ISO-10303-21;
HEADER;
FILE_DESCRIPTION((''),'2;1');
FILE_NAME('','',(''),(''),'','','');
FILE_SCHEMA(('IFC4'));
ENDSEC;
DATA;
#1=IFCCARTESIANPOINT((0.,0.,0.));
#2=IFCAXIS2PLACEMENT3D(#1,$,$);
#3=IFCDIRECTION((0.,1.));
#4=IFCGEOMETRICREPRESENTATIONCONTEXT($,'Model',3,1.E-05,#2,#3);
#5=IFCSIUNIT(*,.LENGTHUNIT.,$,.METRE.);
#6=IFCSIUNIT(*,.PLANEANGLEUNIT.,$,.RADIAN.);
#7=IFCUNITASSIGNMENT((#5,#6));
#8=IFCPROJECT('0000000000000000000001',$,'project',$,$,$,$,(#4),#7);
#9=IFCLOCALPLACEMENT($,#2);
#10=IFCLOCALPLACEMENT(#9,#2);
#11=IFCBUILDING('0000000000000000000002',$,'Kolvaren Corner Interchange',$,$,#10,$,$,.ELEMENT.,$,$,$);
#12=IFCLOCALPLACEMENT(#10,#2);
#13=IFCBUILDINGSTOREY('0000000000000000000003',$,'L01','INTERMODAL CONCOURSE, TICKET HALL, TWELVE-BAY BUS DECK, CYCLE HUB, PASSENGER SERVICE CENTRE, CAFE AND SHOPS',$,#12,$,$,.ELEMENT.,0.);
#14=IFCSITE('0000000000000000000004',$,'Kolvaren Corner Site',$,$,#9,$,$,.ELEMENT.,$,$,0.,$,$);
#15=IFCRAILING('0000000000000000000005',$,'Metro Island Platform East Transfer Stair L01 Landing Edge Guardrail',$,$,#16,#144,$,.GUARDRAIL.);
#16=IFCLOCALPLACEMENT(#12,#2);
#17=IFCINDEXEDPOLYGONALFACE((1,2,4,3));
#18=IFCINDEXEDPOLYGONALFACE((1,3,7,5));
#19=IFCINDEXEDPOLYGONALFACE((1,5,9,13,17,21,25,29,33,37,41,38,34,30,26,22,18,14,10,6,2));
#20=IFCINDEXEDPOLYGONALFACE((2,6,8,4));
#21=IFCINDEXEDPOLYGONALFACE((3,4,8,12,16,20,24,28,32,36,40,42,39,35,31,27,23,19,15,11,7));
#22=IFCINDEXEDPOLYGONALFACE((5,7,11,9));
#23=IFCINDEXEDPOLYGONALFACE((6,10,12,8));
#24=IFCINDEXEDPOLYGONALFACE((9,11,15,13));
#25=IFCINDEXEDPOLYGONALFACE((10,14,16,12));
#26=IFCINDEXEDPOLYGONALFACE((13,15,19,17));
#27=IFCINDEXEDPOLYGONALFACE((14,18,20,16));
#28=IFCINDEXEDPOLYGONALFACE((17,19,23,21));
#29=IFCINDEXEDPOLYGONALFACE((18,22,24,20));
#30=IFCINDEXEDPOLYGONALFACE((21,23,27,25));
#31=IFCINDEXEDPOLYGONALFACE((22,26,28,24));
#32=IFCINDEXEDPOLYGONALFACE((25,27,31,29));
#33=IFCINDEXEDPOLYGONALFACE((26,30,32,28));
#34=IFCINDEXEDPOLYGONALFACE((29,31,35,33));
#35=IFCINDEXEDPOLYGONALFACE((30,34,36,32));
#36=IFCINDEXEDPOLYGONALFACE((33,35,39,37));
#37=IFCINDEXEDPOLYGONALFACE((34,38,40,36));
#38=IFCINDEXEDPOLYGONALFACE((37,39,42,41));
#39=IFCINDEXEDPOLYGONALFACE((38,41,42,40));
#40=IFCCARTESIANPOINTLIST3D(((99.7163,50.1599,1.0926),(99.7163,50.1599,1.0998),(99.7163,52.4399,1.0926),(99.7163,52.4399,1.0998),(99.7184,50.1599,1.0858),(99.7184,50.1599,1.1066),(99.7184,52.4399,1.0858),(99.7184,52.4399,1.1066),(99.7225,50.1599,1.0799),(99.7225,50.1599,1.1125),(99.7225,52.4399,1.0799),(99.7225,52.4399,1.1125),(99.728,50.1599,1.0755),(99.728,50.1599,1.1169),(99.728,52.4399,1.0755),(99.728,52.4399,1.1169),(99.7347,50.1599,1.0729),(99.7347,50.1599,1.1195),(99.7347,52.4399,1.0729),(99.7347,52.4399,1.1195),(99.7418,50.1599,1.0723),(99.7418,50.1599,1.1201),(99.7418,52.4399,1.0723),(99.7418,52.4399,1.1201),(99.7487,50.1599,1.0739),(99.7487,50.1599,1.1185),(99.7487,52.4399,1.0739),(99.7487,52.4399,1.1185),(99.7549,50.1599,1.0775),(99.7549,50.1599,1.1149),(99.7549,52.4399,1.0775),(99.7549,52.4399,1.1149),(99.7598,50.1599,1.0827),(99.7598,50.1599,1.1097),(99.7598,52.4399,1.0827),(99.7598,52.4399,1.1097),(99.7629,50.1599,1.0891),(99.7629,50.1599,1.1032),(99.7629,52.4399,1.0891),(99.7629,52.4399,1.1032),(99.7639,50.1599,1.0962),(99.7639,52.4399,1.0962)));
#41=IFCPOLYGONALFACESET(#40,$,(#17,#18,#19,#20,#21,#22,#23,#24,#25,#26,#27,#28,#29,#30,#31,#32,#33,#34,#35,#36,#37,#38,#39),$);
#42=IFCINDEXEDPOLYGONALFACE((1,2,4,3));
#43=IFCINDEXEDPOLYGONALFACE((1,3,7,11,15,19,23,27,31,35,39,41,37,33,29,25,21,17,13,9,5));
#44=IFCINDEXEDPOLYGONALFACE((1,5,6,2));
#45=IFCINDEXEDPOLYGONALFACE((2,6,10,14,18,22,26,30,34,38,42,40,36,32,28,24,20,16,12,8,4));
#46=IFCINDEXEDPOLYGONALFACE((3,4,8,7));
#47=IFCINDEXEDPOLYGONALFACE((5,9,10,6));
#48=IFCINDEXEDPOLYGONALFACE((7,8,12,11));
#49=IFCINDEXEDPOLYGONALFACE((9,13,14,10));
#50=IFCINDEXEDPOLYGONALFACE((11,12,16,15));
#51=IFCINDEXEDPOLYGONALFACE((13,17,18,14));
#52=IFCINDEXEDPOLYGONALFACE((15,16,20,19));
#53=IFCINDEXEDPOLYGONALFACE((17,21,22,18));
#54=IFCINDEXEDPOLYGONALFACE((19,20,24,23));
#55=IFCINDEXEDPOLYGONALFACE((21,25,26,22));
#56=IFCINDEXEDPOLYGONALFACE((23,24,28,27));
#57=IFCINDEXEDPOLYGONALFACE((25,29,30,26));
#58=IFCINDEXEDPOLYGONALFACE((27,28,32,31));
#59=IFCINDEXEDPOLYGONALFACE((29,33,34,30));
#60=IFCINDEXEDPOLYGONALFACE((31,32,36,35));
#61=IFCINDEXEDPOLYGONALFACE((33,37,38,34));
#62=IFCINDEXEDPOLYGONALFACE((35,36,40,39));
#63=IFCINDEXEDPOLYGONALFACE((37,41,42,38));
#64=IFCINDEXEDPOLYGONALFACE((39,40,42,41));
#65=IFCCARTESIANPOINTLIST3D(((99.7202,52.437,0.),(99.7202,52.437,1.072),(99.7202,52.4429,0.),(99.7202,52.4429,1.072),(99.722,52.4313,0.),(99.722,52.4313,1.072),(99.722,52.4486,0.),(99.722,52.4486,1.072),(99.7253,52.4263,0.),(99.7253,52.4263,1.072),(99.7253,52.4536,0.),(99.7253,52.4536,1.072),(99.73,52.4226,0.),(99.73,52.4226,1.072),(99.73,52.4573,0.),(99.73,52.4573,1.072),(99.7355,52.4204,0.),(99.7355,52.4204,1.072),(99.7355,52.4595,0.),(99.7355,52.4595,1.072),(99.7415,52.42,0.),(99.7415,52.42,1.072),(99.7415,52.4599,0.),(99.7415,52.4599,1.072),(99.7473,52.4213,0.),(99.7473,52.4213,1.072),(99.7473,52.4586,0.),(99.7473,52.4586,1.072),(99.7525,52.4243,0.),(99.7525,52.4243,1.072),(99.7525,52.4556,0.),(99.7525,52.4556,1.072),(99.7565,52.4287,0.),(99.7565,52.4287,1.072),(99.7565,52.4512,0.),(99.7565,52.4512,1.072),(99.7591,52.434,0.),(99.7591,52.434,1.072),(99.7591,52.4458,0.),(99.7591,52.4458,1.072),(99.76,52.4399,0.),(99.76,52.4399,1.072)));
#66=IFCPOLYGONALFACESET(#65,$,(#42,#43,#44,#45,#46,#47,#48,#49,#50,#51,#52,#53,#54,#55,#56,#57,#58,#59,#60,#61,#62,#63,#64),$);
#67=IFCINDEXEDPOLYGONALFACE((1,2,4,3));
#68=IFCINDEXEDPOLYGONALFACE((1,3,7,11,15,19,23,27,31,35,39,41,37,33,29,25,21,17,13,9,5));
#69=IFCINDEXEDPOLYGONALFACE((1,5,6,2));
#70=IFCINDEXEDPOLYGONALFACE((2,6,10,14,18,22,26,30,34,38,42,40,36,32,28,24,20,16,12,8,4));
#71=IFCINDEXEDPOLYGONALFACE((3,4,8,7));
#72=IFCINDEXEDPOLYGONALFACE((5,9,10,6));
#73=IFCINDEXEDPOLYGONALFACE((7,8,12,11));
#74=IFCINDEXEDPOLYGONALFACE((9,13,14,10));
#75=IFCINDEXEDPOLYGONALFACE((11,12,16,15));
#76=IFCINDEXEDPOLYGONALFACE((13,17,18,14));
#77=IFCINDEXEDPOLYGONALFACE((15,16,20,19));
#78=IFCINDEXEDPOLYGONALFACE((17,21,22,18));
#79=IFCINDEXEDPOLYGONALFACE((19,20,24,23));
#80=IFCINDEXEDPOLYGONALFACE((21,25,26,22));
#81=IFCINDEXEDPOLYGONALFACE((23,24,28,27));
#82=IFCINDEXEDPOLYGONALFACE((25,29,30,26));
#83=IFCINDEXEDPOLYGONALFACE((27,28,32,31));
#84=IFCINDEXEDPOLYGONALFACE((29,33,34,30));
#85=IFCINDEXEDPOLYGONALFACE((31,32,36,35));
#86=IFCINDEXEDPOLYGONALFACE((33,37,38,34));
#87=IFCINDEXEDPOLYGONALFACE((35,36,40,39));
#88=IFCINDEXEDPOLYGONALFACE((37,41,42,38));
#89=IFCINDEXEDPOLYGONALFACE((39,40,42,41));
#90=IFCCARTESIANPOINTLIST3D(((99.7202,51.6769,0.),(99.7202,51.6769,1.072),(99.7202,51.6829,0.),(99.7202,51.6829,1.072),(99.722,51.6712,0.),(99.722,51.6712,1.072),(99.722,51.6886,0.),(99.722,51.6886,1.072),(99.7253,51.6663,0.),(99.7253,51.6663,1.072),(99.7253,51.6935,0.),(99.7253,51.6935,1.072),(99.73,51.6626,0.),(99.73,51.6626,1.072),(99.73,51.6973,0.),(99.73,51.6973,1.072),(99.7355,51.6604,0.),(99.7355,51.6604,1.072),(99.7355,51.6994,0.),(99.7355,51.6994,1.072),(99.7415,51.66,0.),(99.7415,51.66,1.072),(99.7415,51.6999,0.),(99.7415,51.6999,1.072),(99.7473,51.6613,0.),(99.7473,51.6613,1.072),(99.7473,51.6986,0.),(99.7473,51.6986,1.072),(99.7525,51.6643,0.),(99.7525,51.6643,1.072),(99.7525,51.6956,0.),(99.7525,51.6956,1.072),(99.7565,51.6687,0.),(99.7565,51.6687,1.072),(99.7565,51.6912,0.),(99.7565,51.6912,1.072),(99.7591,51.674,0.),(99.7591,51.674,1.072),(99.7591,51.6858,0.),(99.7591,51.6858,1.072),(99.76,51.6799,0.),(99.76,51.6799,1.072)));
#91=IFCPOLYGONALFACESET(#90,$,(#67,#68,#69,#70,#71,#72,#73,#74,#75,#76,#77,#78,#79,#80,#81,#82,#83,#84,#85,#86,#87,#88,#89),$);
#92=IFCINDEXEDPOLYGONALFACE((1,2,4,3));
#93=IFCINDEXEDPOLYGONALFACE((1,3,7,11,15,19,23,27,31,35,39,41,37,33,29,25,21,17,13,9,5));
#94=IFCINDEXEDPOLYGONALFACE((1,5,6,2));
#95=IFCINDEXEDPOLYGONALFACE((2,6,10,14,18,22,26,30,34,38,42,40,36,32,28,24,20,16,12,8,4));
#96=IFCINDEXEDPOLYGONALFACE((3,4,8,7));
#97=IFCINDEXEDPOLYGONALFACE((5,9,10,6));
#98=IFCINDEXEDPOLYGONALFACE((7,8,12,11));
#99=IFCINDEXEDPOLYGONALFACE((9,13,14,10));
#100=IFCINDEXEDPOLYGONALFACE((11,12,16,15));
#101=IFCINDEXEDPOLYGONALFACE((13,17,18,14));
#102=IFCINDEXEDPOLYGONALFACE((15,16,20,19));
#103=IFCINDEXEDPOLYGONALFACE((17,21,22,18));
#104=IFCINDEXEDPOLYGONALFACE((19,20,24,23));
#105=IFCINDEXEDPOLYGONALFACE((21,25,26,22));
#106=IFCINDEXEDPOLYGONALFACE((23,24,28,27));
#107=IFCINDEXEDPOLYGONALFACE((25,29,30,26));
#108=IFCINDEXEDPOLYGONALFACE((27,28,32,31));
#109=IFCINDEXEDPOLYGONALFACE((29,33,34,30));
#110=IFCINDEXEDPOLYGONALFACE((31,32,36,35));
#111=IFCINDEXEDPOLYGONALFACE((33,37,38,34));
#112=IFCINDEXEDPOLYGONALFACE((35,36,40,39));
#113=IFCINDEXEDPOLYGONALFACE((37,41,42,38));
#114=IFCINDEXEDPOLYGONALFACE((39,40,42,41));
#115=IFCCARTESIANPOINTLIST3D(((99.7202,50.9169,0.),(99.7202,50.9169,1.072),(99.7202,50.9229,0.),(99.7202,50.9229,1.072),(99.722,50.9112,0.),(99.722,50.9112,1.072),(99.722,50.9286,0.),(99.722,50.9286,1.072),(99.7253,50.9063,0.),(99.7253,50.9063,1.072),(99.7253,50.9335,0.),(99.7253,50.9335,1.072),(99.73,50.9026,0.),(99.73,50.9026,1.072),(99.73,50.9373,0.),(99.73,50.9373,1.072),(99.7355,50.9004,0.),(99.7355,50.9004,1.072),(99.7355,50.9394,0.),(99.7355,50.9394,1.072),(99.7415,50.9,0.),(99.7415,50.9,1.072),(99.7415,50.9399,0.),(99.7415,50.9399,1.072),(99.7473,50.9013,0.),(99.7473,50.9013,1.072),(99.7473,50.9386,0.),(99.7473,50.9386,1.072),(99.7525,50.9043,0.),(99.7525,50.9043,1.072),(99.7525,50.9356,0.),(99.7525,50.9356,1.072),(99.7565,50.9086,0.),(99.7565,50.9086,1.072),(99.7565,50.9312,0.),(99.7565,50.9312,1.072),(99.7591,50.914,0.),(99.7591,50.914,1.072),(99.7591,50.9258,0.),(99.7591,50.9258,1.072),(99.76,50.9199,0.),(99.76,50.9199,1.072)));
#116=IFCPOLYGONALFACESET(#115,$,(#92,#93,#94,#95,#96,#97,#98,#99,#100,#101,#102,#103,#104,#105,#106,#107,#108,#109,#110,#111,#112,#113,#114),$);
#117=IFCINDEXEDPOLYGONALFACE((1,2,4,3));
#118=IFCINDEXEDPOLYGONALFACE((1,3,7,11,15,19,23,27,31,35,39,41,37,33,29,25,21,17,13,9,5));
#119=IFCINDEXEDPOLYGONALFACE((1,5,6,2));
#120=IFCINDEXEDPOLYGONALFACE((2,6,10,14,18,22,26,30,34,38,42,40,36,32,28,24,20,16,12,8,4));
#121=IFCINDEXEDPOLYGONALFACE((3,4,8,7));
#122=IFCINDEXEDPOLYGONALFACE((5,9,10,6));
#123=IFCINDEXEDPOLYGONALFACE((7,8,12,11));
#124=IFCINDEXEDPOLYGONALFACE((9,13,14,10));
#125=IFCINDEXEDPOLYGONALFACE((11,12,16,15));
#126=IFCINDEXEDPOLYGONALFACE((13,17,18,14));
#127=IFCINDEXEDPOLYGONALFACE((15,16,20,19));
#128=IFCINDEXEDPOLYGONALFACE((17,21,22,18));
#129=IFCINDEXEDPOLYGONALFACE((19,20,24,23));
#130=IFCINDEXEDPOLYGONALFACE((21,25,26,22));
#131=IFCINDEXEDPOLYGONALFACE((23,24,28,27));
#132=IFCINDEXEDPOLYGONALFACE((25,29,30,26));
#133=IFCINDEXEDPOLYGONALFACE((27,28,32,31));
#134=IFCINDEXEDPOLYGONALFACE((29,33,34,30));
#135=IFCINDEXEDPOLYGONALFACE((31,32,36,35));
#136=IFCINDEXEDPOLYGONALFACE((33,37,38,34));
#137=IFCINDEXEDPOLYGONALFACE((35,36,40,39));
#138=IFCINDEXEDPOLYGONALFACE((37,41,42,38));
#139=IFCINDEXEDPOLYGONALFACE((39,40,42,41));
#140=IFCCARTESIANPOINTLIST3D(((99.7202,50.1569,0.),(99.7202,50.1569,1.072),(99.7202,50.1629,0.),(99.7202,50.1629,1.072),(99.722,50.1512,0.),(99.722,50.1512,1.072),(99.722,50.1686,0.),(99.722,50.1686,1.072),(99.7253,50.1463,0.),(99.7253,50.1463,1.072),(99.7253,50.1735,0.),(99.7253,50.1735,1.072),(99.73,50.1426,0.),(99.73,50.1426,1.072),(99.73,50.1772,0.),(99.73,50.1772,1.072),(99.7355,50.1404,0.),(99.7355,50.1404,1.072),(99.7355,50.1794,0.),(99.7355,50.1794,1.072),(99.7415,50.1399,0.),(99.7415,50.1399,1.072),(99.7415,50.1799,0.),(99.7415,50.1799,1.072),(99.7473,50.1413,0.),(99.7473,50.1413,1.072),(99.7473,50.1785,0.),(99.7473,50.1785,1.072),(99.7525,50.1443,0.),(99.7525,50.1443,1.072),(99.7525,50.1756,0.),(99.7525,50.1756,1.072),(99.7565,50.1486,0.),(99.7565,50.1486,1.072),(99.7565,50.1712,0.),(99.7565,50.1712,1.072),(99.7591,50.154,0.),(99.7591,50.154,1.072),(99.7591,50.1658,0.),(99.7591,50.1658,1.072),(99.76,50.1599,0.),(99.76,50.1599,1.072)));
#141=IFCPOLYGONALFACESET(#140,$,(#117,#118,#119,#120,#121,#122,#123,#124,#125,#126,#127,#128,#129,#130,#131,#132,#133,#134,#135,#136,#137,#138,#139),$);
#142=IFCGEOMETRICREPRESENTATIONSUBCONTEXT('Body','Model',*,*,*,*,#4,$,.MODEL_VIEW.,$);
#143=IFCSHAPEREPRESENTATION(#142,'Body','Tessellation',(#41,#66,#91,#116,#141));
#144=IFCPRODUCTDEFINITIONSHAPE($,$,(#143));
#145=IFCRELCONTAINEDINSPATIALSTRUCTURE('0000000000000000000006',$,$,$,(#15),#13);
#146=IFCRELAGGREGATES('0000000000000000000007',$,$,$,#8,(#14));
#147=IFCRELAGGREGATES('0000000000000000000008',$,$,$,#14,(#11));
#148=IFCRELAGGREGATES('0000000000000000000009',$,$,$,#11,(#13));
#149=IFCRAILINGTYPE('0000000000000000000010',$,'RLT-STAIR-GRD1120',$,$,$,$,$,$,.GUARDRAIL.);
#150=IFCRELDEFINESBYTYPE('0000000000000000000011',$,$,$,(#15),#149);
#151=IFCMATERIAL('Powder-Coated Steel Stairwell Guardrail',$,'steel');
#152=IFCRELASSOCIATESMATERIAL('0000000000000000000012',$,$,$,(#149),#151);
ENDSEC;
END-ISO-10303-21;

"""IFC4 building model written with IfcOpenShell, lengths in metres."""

from ifc_helpers import new_model, si_unit, direction, frame, origin, origin_2d, place, context, subcontext, project, spatial, circle, extrude, material, type_object, element, save


model = new_model("IFC4")

# Units and contexts
model_context = context("Model", 3, precision=1e-05, world=origin(), true_north=direction((0.0, 1.0)))
body_context = subcontext(model_context, "Body", "Model", "MODEL_VIEW")
ifc_project = project(units=[si_unit("LENGTHUNIT", "METRE"), si_unit("PLANEANGLEUNIT", "RADIAN")], contexts=[model_context])

# Site, building, storey
site_placement = place(None, origin())
site = spatial("IfcSite", under=ifc_project, at=site_placement, Name="Kolvaren Corner Site", CompositionType="ELEMENT", RefElevation=0.0)
building_placement = place(site_placement, origin())
building = spatial("IfcBuilding", under=site, at=building_placement, Name="Kolvaren Corner Interchange", CompositionType="ELEMENT")
storey_placement = place(building_placement, origin())
storey = spatial("IfcBuildingStorey", under=building, at=storey_placement, Name="L01", Description="INTERMODAL CONCOURSE, TICKET HALL, TWELVE-BAY BUS DECK, CYCLE HUB, PASSENGER SERVICE CENTRE, CAFE AND SHOPS", CompositionType="ELEMENT", Elevation=0.0)

# Railing
ifc_material_1 = material(Name="Powder-Coated Steel Stairwell Guardrail", Category="steel")
railing_type = type_object("IfcRailingType", Name="RLT-STAIR-GRD1120", PredefinedType="GUARDRAIL", material=ifc_material_1)
railing_placement = place(storey_placement, frame((99.74, 52.4399, 0.0)))
element("IfcRailing", 1, at=railing_placement, inside=storey, type_object=railing_type, Name="Metro Island Platform East Transfer Stair L01 Landing Edge Guardrail", PredefinedType="GUARDRAIL", context=body_context, shape_type="SweptSolid", body=[
    extrude(circle(Radius=0.0239, at=origin_2d()), frame((0.0, 0.0, 1.0962), z_axis=(0.0, -1.0, 0.0), x_axis=(1.0, 0.0, 0.0)), (0.0, 0.0, 1.0), 2.28),
    extrude(circle(Radius=0.02, at=origin_2d()), origin(), (0.0, 0.0, 1.0), 1.072),
    extrude(circle(Radius=0.02, at=origin_2d()), frame((0.0, -0.76, 0.0)), (0.0, 0.0, 1.0), 1.072),
    extrude(circle(Radius=0.02, at=origin_2d()), frame((0.0, -1.52, 0.0)), (0.0, 0.0, 1.0), 1.072),
    extrude(circle(Radius=0.02, at=origin_2d()), frame((0.0, -2.28, 0.0)), (0.0, 0.0, 1.0), 1.072),
])

save(model, "model.ifc")
